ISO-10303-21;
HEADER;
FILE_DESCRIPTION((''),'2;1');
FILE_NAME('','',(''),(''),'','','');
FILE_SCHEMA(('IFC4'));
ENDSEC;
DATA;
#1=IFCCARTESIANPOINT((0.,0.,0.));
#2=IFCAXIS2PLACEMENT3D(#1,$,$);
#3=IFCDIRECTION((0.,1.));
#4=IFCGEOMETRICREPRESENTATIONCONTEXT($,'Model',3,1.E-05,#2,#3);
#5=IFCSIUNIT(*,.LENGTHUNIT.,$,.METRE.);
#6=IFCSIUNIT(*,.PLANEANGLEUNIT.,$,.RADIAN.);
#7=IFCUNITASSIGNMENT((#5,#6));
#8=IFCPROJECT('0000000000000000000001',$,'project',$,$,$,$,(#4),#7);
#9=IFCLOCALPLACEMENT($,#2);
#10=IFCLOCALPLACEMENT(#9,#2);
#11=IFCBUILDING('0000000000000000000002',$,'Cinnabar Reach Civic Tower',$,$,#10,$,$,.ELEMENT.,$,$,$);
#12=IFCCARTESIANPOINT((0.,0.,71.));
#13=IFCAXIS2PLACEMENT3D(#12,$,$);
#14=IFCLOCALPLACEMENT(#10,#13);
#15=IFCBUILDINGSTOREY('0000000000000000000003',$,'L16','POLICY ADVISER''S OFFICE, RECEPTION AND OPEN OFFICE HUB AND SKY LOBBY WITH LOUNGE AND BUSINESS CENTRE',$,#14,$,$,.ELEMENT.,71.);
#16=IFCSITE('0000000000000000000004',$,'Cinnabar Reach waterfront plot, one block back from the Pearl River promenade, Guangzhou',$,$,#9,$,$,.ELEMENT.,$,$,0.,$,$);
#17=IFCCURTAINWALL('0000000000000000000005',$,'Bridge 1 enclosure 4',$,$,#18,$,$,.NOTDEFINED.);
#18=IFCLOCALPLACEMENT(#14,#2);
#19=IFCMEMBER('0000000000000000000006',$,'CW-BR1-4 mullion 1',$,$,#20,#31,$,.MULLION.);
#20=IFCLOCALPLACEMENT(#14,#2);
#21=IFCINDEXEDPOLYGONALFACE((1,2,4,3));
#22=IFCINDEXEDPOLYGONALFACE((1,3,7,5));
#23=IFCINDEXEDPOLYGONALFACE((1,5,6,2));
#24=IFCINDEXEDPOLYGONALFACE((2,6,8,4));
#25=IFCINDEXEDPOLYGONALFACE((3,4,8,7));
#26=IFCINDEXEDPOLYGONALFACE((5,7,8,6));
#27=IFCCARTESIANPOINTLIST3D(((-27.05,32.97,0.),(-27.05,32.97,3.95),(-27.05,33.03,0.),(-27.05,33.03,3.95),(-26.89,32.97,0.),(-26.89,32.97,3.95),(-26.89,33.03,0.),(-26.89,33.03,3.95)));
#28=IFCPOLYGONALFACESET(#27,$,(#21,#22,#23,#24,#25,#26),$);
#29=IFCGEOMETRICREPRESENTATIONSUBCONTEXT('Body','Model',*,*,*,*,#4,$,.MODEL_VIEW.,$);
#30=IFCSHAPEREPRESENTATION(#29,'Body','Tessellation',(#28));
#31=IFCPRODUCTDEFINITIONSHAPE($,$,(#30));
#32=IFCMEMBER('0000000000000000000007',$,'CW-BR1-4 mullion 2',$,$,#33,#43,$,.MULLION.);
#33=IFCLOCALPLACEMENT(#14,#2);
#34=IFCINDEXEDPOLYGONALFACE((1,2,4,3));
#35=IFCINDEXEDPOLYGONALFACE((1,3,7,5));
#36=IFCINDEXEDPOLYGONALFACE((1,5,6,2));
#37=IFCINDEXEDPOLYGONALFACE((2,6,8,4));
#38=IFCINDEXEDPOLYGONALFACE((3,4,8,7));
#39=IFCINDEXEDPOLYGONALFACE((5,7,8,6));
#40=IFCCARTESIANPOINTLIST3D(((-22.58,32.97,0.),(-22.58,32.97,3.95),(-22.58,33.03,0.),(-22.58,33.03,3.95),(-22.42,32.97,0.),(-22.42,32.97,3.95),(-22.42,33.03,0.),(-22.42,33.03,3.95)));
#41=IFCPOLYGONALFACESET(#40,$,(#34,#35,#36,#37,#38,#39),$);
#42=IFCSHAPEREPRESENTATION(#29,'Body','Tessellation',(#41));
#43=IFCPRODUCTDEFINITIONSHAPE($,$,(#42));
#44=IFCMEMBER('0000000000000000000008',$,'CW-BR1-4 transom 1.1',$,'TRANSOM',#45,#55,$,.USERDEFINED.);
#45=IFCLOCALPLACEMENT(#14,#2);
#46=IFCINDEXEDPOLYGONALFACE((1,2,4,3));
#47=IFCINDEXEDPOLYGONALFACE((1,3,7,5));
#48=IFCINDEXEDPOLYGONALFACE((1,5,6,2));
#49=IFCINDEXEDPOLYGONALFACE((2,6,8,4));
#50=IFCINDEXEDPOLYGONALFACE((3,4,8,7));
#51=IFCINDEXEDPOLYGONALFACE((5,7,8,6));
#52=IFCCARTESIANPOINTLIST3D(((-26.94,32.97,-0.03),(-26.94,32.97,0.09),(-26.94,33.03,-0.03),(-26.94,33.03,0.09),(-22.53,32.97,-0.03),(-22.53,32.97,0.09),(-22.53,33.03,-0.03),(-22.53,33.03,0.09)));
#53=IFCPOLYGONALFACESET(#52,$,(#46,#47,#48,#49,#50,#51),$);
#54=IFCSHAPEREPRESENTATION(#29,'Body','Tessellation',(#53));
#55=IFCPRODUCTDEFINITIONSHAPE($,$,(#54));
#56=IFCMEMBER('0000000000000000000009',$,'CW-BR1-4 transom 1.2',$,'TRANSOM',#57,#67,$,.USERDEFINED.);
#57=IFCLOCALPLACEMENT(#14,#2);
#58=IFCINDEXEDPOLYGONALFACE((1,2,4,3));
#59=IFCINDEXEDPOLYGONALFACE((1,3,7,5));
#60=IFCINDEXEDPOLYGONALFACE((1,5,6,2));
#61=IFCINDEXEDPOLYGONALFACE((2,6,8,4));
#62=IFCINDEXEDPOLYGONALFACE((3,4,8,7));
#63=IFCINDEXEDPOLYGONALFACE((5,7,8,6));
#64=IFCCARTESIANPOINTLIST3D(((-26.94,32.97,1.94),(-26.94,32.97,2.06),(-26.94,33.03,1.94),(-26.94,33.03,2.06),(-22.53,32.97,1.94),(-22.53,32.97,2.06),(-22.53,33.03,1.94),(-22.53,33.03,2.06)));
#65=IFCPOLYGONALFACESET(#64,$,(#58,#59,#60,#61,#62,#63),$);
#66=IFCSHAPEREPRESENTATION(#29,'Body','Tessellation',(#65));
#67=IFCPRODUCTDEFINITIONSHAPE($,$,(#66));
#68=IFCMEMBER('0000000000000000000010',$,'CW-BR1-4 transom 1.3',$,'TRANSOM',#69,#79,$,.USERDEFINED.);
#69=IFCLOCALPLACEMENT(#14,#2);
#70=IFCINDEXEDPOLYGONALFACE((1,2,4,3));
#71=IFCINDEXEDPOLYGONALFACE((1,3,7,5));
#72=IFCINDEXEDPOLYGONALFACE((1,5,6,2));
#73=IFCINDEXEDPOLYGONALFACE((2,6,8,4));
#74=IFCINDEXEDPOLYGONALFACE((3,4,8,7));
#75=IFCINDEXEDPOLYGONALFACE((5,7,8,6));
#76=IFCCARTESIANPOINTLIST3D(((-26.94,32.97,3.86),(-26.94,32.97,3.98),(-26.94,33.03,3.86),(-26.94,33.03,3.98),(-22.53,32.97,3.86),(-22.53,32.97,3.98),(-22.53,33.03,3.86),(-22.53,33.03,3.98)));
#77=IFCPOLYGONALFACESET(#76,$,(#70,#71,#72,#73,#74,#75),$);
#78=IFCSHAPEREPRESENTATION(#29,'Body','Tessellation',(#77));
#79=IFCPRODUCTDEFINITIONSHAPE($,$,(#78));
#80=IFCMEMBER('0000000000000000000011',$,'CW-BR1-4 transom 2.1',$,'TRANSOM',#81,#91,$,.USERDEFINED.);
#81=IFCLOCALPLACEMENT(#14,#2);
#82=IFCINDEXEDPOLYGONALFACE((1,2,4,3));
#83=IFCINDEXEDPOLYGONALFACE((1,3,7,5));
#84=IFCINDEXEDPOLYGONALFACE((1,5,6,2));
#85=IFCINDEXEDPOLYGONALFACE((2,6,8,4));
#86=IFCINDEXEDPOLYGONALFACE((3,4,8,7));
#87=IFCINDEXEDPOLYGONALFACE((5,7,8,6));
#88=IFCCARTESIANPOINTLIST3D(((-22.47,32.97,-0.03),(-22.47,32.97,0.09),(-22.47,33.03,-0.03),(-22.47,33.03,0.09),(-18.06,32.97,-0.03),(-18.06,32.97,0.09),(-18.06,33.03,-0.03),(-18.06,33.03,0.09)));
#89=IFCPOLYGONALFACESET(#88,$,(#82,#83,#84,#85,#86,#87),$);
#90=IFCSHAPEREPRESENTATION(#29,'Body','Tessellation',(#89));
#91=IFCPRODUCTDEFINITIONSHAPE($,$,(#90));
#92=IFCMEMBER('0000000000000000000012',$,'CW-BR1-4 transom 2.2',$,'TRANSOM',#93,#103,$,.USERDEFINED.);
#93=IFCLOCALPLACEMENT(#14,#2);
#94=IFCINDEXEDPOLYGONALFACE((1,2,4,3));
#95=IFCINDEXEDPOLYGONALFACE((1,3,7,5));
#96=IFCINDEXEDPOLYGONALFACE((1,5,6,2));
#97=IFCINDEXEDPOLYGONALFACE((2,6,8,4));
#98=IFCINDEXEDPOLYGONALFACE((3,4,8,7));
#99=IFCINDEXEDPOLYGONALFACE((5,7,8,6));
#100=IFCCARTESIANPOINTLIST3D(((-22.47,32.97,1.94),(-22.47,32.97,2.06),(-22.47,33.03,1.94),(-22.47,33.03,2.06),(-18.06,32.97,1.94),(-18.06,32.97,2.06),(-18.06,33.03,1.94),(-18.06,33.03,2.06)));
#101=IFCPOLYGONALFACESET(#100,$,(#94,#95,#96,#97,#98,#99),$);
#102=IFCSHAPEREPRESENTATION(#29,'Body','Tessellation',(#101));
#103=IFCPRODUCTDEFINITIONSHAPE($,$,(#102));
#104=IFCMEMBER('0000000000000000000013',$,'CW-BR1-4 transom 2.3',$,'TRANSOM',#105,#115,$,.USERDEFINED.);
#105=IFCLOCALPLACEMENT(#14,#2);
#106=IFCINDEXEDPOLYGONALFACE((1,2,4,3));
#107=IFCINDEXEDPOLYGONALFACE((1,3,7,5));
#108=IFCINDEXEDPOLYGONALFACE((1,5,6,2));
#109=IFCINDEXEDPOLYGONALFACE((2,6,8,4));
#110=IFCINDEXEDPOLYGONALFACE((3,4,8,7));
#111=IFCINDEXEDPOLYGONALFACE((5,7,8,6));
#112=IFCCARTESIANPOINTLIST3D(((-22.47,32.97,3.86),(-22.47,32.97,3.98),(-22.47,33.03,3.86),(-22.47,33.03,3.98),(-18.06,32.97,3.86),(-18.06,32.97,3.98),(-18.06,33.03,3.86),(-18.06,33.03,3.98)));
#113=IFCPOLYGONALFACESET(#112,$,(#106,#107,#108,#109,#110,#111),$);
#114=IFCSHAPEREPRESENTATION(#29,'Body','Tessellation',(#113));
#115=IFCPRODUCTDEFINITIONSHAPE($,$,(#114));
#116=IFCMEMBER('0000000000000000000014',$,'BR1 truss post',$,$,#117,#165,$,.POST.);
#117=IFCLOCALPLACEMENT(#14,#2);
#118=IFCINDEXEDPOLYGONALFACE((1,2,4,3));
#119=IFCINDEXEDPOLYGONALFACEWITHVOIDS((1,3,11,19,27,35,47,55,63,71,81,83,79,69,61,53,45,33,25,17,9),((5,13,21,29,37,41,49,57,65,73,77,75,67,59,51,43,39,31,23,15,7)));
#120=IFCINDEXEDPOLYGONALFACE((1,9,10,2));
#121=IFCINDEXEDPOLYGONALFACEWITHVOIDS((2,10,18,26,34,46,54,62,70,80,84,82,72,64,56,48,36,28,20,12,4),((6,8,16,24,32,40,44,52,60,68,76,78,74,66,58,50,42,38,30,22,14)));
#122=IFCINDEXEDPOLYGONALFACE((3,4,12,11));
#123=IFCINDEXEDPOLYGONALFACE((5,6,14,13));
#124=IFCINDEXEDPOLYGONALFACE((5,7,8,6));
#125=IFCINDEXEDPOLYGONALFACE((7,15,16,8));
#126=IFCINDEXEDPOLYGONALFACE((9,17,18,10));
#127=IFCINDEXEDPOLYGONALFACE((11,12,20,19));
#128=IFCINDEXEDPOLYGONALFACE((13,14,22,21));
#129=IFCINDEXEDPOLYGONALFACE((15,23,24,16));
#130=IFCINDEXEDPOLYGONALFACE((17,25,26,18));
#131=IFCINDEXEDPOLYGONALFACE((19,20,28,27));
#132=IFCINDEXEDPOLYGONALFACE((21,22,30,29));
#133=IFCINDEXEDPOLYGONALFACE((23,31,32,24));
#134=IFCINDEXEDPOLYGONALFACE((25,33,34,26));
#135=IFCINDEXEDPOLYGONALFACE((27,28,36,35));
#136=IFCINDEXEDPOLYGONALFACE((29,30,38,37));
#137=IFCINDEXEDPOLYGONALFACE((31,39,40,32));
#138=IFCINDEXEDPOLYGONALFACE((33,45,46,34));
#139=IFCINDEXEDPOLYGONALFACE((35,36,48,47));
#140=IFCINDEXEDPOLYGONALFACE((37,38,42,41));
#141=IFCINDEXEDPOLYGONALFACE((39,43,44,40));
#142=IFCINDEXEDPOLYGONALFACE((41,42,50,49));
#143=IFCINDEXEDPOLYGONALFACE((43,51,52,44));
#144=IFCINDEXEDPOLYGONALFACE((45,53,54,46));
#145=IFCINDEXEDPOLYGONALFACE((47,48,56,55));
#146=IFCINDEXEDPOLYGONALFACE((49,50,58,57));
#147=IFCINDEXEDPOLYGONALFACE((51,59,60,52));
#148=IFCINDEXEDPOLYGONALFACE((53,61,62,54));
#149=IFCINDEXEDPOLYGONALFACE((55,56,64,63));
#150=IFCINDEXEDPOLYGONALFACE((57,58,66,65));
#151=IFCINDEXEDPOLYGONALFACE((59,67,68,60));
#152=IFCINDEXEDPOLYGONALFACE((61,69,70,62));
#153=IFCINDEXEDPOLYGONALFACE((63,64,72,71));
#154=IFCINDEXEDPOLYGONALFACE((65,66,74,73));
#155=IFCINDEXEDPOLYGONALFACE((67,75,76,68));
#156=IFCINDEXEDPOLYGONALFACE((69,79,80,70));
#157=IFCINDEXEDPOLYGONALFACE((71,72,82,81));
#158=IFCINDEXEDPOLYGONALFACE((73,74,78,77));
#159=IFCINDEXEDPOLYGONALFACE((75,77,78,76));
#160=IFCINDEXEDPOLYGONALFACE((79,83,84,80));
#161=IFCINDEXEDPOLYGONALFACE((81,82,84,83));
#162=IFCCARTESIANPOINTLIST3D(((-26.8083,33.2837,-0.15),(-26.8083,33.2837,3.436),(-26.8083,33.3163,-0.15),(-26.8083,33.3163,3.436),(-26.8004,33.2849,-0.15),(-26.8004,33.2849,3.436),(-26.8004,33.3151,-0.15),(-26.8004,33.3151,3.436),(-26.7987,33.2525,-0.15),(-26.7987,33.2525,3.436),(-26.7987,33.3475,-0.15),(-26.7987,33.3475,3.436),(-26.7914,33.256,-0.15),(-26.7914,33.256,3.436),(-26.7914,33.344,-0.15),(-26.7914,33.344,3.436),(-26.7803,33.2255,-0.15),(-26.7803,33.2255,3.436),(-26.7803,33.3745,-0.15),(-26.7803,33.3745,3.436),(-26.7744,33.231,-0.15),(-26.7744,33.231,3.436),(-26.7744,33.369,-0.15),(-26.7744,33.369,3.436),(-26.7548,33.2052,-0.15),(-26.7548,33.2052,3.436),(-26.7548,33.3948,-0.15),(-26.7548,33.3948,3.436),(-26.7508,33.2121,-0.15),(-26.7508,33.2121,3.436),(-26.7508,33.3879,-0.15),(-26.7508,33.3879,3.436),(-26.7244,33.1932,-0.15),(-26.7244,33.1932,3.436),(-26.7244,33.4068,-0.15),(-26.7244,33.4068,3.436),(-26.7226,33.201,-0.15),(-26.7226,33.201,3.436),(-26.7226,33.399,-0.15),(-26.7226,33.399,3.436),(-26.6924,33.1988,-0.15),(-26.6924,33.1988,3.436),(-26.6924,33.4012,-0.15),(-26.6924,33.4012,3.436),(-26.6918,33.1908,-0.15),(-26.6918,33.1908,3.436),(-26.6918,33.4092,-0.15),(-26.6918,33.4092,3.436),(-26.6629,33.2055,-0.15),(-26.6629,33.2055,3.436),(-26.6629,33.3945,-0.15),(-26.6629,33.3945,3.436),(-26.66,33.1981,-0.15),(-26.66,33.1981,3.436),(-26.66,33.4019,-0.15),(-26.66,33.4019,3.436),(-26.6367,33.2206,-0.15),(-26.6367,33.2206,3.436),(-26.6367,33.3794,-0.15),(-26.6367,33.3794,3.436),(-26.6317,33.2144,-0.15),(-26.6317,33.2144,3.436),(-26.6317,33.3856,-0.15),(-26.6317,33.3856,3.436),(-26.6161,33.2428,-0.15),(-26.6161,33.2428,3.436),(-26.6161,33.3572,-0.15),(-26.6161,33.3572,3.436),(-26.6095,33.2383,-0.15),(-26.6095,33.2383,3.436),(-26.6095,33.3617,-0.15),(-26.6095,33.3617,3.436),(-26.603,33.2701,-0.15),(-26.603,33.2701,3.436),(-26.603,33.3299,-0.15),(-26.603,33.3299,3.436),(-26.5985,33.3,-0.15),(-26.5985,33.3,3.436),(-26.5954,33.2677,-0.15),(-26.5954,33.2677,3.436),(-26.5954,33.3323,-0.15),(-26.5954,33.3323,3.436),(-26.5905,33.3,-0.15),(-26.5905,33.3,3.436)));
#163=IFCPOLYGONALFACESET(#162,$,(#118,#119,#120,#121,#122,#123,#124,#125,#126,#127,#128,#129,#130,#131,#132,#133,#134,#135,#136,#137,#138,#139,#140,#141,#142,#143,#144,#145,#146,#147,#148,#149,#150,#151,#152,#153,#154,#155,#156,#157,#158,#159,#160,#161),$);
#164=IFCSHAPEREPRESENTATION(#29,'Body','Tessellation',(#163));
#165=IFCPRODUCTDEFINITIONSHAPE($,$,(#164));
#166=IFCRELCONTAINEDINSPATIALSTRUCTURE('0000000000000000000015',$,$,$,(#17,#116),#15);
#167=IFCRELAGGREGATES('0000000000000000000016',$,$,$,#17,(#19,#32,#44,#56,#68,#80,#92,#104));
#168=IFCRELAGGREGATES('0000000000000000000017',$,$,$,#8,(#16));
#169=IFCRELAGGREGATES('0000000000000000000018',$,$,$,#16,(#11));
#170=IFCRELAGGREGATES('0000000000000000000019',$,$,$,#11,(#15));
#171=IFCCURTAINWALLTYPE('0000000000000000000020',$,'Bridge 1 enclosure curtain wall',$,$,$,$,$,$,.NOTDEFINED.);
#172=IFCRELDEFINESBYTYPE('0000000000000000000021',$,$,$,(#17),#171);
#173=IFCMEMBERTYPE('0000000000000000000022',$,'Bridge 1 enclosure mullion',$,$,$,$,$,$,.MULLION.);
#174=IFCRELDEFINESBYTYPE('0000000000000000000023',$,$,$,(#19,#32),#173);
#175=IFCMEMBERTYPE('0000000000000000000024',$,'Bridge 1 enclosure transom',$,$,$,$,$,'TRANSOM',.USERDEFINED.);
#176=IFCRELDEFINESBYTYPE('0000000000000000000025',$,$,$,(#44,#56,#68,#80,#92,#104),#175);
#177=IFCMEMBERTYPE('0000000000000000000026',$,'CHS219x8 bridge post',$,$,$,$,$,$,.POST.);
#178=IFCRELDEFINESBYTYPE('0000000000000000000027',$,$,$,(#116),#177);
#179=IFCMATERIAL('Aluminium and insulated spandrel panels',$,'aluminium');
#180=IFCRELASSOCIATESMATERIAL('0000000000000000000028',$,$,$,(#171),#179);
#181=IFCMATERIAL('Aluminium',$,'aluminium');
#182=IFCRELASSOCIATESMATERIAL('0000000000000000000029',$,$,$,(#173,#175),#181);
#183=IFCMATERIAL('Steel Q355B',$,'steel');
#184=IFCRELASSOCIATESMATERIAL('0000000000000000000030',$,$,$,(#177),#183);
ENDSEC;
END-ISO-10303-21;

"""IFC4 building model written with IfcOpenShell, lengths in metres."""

from ifc_helpers import new_model, si_unit, direction, frame, origin, origin_2d, place, context, subcontext, project, spatial, rectangle, hollow_circle, extrude, material, material_profile, profile_set, type_object, element, aggregate, save


model = new_model("IFC4")

# Units and contexts
model_context = context("Model", 3, precision=1e-05, world=origin(), true_north=direction((0.0, 1.0)))
body_context = subcontext(model_context, "Body", "Model", "MODEL_VIEW")
ifc_project = project(units=[si_unit("LENGTHUNIT", "METRE"), si_unit("PLANEANGLEUNIT", "RADIAN")], contexts=[model_context])

# Site, building, storey
site_placement = place(None, origin())
site = spatial("IfcSite", under=ifc_project, at=site_placement, Name="Cinnabar Reach waterfront plot, one block back from the Pearl River promenade, Guangzhou", CompositionType="ELEMENT", RefElevation=0.0)
building_placement = place(site_placement, origin())
building = spatial("IfcBuilding", under=site, at=building_placement, Name="Cinnabar Reach Civic Tower", CompositionType="ELEMENT")
storey_placement = place(building_placement, frame((0.0, 0.0, 71.0)))
storey = spatial("IfcBuildingStorey", under=building, at=storey_placement, Name="L16", Description="POLICY ADVISER'S OFFICE, RECEPTION AND OPEN OFFICE HUB AND SKY LOBBY WITH LOUNGE AND BUSINESS CENTRE", CompositionType="ELEMENT", Elevation=71.0)

# Curtain wall, members
ifc_material_1 = material(Name="Aluminium and insulated spandrel panels", Category="aluminium")
curtain_wall_type = type_object("IfcCurtainWallType", Name="Bridge 1 enclosure curtain wall", PredefinedType="NOTDEFINED", material=ifc_material_1)
curtain_wall_placement = place(storey_placement, origin())
curtain_wall = element("IfcCurtainWall", 1, at=curtain_wall_placement, inside=storey, type_object=curtain_wall_type, Name="Bridge 1 enclosure 4", PredefinedType="NOTDEFINED")
ifc_material_2 = material(Name="Aluminium", Category="aluminium")
ifc_material_profile_1 = material_profile(ifc_material_2, rectangle(XDim=0.06, YDim=0.16, at=origin_2d()), Name="Bridge 1 enclosure mullion")
ifc_profile_set_1 = profile_set([ifc_material_profile_1], Name="Aluminium")
member_type_1 = type_object("IfcMemberType", Name="Bridge 1 enclosure mullion", PredefinedType="MULLION", material=ifc_profile_set_1)
member_1_placement = place(storey_placement, frame((-26.97, 33.0, 0.0), z_axis=(0.0, 0.0, 1.0), x_axis=(0.0, 1.0, 0.0)))
member_1 = element("IfcMember", 2, at=member_1_placement, type_object=member_type_1, Name="CW-BR1-4 mullion 1", PredefinedType="MULLION", context=body_context, shape_type="SweptSolid", body=[
    extrude(rectangle(XDim=0.06, YDim=0.16, at=origin_2d()), origin(), (0.0, 0.0, 1.0), 3.95),
])
member_2_placement = place(storey_placement, frame((-22.5, 33.0, 0.0), z_axis=(0.0, 0.0, 1.0), x_axis=(0.0, 1.0, 0.0)))
member_2 = element("IfcMember", 3, at=member_2_placement, type_object=member_type_1, Name="CW-BR1-4 mullion 2", PredefinedType="MULLION", context=body_context, shape_type="SweptSolid", body=[
    extrude(rectangle(XDim=0.06, YDim=0.16, at=origin_2d()), origin(), (0.0, 0.0, 1.0), 3.95),
])
ifc_material_profile_2 = material_profile(ifc_material_2, rectangle(XDim=0.06, YDim=0.12, at=origin_2d()), Name="Bridge 1 enclosure transom")
ifc_profile_set_2 = profile_set([ifc_material_profile_2], Name="Aluminium")
member_type_2 = type_object("IfcMemberType", Name="Bridge 1 enclosure transom", ElementType="TRANSOM", PredefinedType="USERDEFINED", material=ifc_profile_set_2)
member_3_placement = place(storey_placement, frame((-26.94, 33.0, 0.03), z_axis=(1.0, 0.0, 0.0), x_axis=(0.0, 1.0, 0.0)))
member_3 = element("IfcMember", 4, at=member_3_placement, type_object=member_type_2, Name="CW-BR1-4 transom 1.1", ObjectType="TRANSOM", PredefinedType="USERDEFINED", context=body_context, shape_type="SweptSolid", body=[
    extrude(rectangle(XDim=0.06, YDim=0.12, at=origin_2d()), origin(), (0.0, 0.0, 1.0), 4.41),
])
member_4_placement = place(storey_placement, frame((-26.94, 33.0, 2.0), z_axis=(1.0, 0.0, 0.0), x_axis=(0.0, 1.0, 0.0)))
member_4 = element("IfcMember", 5, at=member_4_placement, type_object=member_type_2, Name="CW-BR1-4 transom 1.2", ObjectType="TRANSOM", PredefinedType="USERDEFINED", context=body_context, shape_type="SweptSolid", body=[
    extrude(rectangle(XDim=0.06, YDim=0.12, at=origin_2d()), origin(), (0.0, 0.0, 1.0), 4.41),
])
member_5_placement = place(storey_placement, frame((-26.94, 33.0, 3.92), z_axis=(1.0, 0.0, 0.0), x_axis=(0.0, 1.0, 0.0)))
member_5 = element("IfcMember", 6, at=member_5_placement, type_object=member_type_2, Name="CW-BR1-4 transom 1.3", ObjectType="TRANSOM", PredefinedType="USERDEFINED", context=body_context, shape_type="SweptSolid", body=[
    extrude(rectangle(XDim=0.06, YDim=0.12, at=origin_2d()), origin(), (0.0, 0.0, 1.0), 4.41),
])
member_6_placement = place(storey_placement, frame((-22.47, 33.0, 0.03), z_axis=(1.0, 0.0, 0.0), x_axis=(0.0, 1.0, 0.0)))
member_6 = element("IfcMember", 7, at=member_6_placement, type_object=member_type_2, Name="CW-BR1-4 transom 2.1", ObjectType="TRANSOM", PredefinedType="USERDEFINED", context=body_context, shape_type="SweptSolid", body=[
    extrude(rectangle(XDim=0.06, YDim=0.12, at=origin_2d()), origin(), (0.0, 0.0, 1.0), 4.41),
])
member_7_placement = place(storey_placement, frame((-22.47, 33.0, 2.0), z_axis=(1.0, 0.0, 0.0), x_axis=(0.0, 1.0, 0.0)))
member_7 = element("IfcMember", 8, at=member_7_placement, type_object=member_type_2, Name="CW-BR1-4 transom 2.2", ObjectType="TRANSOM", PredefinedType="USERDEFINED", context=body_context, shape_type="SweptSolid", body=[
    extrude(rectangle(XDim=0.06, YDim=0.12, at=origin_2d()), origin(), (0.0, 0.0, 1.0), 4.41),
])
member_8_placement = place(storey_placement, frame((-22.47, 33.0, 3.92), z_axis=(1.0, 0.0, 0.0), x_axis=(0.0, 1.0, 0.0)))
member_8 = element("IfcMember", 9, at=member_8_placement, type_object=member_type_2, Name="CW-BR1-4 transom 2.3", ObjectType="TRANSOM", PredefinedType="USERDEFINED", context=body_context, shape_type="SweptSolid", body=[
    extrude(rectangle(XDim=0.06, YDim=0.12, at=origin_2d()), origin(), (0.0, 0.0, 1.0), 4.41),
])

# Member
ifc_material_3 = material(Name="Steel Q355B", Category="steel")
ifc_material_profile_3 = material_profile(ifc_material_3, hollow_circle(Radius=0.1095, WallThickness=0.008, at=origin_2d()), Name="CHS219x8")
ifc_profile_set_3 = profile_set([ifc_material_profile_3], Name="Steel Q355B")
member_type_3 = type_object("IfcMemberType", Name="CHS219x8 bridge post", PredefinedType="POST", material=ifc_profile_set_3)
for number, where, z_axis, x_axis, name in (
    (10, (-26.7, 33.3, -0.15), (0.0, 0.0, 1.0), (1.0, 0.0, 0.0), "BR1 truss post"),
):
    element("IfcMember", number, at=place(storey_placement, frame(where, z_axis=z_axis, x_axis=x_axis)), inside=storey, type_object=member_type_3, Name=name, PredefinedType="POST", context=body_context, shape_type="SweptSolid", body=[
        extrude(hollow_circle(Radius=0.1095, WallThickness=0.008, at=origin_2d()), origin(), (0.0, 0.0, 1.0), 3.586),
    ])

aggregate(curtain_wall, [member_1, member_2, member_3, member_4, member_5, member_6, member_7, member_8])

save(model, "model.ifc")
